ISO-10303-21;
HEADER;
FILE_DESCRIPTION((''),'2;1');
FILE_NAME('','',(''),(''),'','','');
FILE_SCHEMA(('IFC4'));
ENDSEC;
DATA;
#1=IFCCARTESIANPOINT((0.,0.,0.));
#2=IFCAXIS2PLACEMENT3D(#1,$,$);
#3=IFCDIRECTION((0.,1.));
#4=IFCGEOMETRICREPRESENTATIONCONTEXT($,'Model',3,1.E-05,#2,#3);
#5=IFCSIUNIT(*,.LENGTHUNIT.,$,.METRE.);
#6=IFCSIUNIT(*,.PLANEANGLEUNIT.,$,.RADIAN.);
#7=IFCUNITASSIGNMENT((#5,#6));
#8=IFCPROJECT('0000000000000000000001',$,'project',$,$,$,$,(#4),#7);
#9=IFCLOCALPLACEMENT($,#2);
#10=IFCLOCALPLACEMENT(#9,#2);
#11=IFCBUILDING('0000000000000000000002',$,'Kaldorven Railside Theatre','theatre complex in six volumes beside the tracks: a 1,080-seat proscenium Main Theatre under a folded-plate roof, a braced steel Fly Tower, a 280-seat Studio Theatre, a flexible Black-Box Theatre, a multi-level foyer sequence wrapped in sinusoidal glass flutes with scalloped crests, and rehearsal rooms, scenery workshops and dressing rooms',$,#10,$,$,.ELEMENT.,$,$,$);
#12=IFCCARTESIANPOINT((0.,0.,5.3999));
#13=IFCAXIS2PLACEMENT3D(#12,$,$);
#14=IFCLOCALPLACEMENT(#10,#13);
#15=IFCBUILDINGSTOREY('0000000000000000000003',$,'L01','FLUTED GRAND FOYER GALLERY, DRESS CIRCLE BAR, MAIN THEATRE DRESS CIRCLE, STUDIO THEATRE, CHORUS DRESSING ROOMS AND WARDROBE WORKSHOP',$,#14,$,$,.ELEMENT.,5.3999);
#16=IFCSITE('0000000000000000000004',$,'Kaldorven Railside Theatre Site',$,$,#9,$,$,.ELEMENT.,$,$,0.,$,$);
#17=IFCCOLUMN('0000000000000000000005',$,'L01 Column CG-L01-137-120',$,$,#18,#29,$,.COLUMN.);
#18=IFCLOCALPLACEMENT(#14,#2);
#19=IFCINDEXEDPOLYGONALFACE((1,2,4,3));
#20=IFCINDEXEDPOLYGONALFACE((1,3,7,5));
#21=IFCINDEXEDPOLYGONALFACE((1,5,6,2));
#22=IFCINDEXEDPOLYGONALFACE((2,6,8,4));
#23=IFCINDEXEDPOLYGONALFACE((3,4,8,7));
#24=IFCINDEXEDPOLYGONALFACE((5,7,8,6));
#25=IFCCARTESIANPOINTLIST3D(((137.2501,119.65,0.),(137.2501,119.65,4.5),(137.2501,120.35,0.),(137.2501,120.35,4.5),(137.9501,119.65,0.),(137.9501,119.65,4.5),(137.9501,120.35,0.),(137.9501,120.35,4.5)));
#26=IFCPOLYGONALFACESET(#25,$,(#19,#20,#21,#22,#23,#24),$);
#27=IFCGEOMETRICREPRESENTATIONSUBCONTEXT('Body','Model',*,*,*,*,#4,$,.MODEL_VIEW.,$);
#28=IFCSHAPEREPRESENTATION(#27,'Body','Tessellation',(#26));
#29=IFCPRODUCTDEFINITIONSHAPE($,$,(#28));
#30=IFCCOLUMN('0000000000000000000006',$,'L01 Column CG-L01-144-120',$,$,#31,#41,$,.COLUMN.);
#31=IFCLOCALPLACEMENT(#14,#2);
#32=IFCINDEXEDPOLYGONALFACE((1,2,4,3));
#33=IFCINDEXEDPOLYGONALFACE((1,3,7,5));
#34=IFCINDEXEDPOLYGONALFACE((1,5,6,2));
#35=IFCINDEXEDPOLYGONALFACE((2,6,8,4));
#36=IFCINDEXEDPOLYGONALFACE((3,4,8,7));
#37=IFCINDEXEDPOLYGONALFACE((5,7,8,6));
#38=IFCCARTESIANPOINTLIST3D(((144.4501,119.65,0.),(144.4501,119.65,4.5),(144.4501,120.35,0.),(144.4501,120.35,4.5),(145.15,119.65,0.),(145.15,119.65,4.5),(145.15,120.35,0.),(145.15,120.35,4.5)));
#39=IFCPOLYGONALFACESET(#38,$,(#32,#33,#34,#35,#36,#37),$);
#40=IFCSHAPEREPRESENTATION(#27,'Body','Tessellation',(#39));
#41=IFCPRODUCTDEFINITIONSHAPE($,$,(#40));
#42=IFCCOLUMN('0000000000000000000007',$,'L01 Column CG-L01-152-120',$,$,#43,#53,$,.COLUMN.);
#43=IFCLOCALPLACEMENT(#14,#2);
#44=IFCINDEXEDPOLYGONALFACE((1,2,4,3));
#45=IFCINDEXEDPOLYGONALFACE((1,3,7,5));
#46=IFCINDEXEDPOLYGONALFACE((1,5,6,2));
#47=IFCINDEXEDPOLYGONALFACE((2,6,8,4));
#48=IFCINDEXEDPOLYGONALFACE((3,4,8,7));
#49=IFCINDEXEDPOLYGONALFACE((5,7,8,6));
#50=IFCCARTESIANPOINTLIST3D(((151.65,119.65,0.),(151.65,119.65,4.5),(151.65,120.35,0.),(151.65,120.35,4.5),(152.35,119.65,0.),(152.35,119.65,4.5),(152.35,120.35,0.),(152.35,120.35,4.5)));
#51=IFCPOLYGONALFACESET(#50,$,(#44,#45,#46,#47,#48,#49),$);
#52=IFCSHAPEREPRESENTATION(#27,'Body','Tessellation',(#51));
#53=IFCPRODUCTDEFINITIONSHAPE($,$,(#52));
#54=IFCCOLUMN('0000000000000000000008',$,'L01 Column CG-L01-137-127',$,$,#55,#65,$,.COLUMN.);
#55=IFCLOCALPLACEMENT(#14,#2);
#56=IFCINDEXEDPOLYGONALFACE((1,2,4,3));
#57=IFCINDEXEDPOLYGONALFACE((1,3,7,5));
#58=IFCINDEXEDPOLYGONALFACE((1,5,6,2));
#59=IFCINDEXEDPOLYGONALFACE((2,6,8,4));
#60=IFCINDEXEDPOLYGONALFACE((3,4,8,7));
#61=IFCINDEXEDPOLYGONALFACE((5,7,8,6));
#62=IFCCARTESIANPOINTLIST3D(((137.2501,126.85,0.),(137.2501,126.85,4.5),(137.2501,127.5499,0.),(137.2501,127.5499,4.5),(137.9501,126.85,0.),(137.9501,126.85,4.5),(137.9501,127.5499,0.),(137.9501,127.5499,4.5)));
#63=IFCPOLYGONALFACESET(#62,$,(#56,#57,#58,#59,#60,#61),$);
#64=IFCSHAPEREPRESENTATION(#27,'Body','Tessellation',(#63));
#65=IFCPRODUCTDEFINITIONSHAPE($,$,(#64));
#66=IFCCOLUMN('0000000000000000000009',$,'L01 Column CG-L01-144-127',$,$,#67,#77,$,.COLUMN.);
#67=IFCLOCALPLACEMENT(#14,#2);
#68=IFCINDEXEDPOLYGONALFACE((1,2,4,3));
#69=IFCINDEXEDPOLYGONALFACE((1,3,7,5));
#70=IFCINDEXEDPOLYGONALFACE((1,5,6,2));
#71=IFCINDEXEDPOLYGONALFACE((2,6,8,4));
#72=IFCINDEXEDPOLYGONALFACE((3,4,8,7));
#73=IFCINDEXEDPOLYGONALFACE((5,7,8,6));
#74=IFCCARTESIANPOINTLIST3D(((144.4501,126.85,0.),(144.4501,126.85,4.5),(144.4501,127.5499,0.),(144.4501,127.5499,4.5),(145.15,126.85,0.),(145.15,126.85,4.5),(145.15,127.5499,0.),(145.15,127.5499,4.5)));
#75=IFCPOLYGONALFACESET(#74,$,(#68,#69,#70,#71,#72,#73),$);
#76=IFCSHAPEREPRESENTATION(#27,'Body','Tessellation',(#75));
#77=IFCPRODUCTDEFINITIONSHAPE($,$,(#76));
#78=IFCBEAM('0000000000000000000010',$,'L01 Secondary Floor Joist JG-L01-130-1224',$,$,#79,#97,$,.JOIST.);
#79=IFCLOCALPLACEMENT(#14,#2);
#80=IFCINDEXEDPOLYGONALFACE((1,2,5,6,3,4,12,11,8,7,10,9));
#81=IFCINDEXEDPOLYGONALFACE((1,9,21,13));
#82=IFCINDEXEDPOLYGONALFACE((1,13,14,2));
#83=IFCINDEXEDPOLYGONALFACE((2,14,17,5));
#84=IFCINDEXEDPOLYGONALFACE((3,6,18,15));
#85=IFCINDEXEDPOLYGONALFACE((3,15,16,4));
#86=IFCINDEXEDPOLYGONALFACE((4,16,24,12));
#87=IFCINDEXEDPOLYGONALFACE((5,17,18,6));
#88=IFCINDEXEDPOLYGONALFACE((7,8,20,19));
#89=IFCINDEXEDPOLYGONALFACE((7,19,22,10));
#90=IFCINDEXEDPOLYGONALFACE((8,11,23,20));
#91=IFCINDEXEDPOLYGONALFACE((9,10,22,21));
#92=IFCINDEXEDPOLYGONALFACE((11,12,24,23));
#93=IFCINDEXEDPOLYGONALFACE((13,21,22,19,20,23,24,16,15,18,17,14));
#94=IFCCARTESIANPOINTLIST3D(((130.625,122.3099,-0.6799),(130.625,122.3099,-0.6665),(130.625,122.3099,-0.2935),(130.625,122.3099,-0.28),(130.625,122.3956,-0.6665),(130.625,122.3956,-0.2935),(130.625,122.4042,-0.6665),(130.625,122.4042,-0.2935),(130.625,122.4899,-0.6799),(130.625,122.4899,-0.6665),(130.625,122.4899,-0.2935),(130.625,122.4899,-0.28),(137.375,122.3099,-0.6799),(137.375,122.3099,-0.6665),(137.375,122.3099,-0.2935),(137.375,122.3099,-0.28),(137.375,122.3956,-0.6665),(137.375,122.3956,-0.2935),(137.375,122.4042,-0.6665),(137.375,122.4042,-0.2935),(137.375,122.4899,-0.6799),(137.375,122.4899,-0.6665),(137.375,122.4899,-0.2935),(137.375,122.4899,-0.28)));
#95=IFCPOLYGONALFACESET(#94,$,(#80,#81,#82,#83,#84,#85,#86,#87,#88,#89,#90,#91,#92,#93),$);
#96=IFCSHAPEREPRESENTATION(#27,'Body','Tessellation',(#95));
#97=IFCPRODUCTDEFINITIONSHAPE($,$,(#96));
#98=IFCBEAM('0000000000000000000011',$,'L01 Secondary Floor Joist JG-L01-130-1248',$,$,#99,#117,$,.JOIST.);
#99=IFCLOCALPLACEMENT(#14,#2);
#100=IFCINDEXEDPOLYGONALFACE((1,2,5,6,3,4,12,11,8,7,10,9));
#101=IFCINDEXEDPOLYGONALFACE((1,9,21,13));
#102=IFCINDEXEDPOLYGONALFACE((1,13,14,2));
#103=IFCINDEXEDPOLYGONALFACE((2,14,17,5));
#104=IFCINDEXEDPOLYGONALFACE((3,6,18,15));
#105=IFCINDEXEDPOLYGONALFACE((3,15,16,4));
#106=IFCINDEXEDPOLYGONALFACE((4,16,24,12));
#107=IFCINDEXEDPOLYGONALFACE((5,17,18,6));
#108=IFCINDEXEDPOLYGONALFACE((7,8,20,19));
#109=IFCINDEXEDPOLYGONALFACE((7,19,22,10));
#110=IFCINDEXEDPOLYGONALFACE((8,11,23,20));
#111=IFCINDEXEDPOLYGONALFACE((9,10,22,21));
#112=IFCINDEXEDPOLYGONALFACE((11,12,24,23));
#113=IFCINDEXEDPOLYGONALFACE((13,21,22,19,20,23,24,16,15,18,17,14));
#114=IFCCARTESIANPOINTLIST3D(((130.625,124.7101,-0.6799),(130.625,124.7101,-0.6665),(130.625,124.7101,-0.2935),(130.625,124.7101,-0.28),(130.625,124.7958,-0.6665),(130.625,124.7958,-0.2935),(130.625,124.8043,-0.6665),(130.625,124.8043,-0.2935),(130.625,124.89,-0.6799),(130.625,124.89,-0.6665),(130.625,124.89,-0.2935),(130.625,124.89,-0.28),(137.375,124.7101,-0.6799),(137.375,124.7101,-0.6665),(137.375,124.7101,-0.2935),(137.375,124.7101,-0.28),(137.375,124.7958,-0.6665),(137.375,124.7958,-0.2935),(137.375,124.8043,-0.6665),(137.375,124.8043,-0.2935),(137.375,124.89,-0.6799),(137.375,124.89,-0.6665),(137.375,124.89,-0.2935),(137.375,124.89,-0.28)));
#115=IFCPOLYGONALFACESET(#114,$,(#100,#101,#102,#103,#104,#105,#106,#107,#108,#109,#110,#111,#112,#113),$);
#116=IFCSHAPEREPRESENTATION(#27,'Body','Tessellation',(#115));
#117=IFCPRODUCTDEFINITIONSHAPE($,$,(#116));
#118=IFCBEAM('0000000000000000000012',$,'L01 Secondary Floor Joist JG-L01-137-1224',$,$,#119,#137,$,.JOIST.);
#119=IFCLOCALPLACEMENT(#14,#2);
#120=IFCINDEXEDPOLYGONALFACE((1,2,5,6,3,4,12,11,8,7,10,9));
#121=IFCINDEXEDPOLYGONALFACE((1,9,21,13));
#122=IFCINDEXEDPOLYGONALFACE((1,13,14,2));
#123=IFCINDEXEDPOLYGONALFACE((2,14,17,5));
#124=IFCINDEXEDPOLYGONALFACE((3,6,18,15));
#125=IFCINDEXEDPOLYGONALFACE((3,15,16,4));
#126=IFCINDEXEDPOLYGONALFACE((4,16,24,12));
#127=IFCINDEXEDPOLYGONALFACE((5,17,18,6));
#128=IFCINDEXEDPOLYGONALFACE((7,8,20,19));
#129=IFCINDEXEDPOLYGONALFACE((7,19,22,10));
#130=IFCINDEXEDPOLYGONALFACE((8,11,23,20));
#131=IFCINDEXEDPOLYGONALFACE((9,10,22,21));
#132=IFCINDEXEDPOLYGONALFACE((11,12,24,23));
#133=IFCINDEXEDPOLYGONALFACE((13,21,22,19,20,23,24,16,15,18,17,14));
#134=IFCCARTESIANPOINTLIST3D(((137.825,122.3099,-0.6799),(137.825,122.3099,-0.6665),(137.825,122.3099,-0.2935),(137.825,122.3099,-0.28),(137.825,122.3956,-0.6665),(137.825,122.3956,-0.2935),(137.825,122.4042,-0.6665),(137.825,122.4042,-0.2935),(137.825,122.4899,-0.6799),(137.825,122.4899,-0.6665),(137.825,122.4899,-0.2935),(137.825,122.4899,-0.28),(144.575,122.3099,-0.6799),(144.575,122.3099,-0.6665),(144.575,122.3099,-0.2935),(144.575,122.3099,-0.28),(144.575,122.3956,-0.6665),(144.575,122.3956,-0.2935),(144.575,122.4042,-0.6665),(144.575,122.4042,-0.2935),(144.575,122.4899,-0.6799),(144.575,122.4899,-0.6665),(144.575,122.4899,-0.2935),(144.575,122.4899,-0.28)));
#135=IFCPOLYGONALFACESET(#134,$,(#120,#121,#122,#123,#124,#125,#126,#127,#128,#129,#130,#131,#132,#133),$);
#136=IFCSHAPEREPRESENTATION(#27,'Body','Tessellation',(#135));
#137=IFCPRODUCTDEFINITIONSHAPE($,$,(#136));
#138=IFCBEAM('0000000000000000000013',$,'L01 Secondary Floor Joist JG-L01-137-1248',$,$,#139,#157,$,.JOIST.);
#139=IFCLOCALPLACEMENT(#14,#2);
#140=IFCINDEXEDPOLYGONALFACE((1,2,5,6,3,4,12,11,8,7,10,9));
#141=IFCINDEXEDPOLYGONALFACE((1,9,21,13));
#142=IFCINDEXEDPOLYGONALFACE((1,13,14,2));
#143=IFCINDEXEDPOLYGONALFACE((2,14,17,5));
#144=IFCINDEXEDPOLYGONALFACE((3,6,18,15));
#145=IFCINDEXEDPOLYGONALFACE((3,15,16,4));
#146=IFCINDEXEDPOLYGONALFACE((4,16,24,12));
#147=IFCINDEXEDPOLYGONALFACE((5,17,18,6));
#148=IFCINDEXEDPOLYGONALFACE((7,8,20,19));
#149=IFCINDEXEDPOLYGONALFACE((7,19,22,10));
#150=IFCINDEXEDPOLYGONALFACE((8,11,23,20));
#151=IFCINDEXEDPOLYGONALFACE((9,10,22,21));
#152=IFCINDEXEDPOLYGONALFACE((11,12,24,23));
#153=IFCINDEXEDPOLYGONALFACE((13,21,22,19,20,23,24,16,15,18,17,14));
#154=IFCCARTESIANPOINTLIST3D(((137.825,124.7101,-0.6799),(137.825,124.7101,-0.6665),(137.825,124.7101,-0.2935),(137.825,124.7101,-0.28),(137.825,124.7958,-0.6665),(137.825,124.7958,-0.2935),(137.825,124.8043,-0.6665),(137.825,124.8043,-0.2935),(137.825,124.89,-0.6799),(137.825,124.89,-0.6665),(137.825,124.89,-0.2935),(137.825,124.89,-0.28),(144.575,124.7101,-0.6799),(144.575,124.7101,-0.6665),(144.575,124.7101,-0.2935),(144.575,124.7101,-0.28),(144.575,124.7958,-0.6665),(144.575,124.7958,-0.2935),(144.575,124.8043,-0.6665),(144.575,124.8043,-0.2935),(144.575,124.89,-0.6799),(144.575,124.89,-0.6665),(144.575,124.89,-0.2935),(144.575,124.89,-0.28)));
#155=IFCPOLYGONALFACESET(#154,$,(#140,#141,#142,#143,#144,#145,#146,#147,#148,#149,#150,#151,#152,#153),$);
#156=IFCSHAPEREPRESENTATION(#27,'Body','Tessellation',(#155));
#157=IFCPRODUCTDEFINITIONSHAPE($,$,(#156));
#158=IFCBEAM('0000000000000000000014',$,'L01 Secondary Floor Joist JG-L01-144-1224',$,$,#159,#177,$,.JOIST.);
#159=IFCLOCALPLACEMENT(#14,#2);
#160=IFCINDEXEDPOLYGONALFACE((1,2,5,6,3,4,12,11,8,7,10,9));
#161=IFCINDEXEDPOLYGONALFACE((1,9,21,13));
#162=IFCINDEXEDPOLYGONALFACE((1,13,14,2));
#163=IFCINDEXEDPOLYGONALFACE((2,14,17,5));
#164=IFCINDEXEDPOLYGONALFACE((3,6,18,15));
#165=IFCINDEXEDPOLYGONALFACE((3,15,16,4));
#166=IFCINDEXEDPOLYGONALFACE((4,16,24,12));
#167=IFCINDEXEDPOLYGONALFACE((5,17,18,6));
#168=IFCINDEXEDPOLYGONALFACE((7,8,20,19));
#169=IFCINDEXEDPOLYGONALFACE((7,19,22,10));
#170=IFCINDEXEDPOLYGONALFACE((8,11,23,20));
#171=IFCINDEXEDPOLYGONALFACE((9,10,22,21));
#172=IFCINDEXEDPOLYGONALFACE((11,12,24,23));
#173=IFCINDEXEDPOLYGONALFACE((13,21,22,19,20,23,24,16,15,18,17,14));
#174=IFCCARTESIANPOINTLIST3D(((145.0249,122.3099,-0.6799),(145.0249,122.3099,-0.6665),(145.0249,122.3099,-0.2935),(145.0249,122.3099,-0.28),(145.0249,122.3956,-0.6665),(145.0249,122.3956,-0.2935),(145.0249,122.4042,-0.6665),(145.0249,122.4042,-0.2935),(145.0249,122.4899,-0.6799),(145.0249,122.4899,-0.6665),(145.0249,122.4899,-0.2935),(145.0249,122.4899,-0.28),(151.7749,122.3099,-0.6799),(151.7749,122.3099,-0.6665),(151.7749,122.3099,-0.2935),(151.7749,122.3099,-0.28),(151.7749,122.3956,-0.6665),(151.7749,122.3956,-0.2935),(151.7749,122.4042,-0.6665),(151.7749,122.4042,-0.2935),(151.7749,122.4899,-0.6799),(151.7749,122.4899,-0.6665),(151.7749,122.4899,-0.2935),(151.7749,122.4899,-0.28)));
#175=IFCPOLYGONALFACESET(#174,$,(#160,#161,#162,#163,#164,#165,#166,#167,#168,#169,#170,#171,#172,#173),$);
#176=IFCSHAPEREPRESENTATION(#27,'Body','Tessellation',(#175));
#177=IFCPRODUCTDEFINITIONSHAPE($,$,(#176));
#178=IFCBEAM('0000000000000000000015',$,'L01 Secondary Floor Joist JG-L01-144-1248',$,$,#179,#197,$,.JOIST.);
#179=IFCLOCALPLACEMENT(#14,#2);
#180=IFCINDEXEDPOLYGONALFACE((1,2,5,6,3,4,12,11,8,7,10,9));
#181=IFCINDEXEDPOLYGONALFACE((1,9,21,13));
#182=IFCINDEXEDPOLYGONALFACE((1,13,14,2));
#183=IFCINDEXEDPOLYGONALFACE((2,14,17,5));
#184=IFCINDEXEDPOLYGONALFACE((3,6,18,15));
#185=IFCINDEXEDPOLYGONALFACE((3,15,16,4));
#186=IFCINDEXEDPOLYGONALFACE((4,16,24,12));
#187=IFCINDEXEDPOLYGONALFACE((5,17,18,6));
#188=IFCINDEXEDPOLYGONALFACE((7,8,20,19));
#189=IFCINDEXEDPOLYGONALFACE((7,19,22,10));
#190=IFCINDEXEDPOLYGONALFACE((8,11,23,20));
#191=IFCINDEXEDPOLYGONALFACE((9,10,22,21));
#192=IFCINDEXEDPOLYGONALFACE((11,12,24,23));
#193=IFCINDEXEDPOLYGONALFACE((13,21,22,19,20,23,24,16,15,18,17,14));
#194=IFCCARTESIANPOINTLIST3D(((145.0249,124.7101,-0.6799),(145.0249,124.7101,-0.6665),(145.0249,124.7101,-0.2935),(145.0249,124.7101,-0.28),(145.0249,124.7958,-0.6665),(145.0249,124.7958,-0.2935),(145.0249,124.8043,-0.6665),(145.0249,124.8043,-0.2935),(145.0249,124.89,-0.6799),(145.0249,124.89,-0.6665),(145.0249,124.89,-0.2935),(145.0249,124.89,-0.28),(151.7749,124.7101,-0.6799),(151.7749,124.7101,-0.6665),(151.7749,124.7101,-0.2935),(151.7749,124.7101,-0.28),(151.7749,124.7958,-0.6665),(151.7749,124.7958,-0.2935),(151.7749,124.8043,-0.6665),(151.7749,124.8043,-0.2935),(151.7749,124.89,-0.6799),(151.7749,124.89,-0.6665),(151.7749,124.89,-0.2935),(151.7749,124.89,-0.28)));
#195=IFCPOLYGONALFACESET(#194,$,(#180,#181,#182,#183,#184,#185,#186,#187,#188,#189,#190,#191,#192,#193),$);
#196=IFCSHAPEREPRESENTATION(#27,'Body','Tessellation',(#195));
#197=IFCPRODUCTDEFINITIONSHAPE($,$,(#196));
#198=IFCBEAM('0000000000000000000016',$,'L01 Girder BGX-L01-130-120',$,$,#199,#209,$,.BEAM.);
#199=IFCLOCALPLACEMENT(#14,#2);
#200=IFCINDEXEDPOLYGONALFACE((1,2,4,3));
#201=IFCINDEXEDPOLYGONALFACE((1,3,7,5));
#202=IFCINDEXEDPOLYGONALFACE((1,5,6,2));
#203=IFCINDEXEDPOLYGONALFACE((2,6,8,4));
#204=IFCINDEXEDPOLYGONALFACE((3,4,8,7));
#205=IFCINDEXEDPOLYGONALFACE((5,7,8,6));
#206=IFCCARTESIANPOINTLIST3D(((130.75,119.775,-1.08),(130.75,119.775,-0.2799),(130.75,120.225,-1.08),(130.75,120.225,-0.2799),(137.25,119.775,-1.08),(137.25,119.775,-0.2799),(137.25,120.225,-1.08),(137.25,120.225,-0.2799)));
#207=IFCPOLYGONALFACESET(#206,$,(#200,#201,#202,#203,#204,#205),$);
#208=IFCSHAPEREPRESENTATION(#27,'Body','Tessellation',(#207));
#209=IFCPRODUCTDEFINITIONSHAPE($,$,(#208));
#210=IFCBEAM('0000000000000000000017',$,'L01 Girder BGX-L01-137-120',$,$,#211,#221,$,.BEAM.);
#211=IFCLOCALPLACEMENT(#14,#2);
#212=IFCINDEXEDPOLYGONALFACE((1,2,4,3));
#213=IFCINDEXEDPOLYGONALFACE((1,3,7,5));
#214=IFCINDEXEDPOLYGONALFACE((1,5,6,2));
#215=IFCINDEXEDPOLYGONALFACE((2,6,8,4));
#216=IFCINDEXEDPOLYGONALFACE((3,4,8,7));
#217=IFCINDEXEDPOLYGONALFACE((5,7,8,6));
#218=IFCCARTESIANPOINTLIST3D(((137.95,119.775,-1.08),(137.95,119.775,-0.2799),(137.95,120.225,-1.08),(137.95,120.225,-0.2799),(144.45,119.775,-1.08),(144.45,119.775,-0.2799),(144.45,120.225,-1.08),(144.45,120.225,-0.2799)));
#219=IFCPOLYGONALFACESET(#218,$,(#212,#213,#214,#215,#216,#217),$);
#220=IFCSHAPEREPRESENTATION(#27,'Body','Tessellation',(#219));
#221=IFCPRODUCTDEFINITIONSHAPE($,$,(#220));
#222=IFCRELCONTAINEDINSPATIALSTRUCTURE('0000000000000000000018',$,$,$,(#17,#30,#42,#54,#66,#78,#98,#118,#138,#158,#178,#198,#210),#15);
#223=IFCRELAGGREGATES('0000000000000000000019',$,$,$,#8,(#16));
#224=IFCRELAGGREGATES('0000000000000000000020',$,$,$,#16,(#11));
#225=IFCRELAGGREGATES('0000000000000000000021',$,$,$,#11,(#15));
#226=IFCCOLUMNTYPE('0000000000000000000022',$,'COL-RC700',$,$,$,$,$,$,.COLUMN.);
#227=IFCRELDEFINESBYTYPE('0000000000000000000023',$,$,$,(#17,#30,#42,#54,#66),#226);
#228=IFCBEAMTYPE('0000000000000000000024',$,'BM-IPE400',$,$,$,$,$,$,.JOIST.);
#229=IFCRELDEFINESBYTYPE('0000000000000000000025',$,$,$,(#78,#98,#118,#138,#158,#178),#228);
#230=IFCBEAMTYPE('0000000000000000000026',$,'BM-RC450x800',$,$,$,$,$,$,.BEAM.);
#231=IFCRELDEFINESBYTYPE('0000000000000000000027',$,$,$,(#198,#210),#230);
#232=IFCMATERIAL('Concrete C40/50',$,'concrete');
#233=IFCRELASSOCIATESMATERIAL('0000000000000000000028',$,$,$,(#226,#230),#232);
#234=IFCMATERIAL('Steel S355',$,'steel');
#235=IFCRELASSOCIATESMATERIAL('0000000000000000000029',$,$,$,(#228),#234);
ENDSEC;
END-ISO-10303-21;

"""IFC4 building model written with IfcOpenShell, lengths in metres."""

from ifc_helpers import new_model, si_unit, direction, frame, origin, origin_2d, place, context, subcontext, project, spatial, rectangle, i_section, extrude, material, material_profile, profile_set, type_object, element, save


model = new_model("IFC4")

# Units and contexts
model_context = context("Model", 3, precision=1e-05, world=origin(), true_north=direction((0.0, 1.0)))
body_context = subcontext(model_context, "Body", "Model", "MODEL_VIEW")
ifc_project = project(units=[si_unit("LENGTHUNIT", "METRE"), si_unit("PLANEANGLEUNIT", "RADIAN")], contexts=[model_context])

# Site, building, storey
site_placement = place(None, origin())
site = spatial("IfcSite", under=ifc_project, at=site_placement, Name="Kaldorven Railside Theatre Site", CompositionType="ELEMENT", RefElevation=0.0)
building_placement = place(site_placement, origin())
building = spatial("IfcBuilding", under=site, at=building_placement, Name="Kaldorven Railside Theatre", Description="theatre complex in six volumes beside the tracks: a 1,080-seat proscenium Main Theatre under a folded-plate roof, a braced steel Fly Tower, a 280-seat Studio Theatre, a flexible Black-Box Theatre, a multi-level foyer sequence wrapped in sinusoidal glass flutes with scalloped crests, and rehearsal rooms, scenery workshops and dressing rooms", CompositionType="ELEMENT")
storey_placement = place(building_placement, frame((0.0, 0.0, 5.3999)))
storey = spatial("IfcBuildingStorey", under=building, at=storey_placement, Name="L01", Description="FLUTED GRAND FOYER GALLERY, DRESS CIRCLE BAR, MAIN THEATRE DRESS CIRCLE, STUDIO THEATRE, CHORUS DRESSING ROOMS AND WARDROBE WORKSHOP", CompositionType="ELEMENT", Elevation=5.3999)

# Columns
ifc_material_1 = material(Name="Concrete C40/50", Category="concrete")
ifc_material_profile_1 = material_profile(ifc_material_1, rectangle(XDim=0.7, YDim=0.7, at=origin_2d()), Name="RC 700x700")
ifc_profile_set_1 = profile_set([ifc_material_profile_1], Name="Concrete C40/50")
column_type = type_object("IfcColumnType", Name="COL-RC700", PredefinedType="COLUMN", material=ifc_profile_set_1)
for number, where, z_axis, x_axis, name in (
    (1, (137.6001, 120.0, 0.0), (0.0, 0.0, 1.0), (0.0, 1.0, 0.0), "L01 Column CG-L01-137-120"),
    (2, (144.8, 120.0, 0.0), (0.0, 0.0, 1.0), (1.0, 0.0, 0.0), "L01 Column CG-L01-144-120"),
    (3, (152.0, 120.0, 0.0), (0.0, 0.0, 1.0), (1.0, 0.0, 0.0), "L01 Column CG-L01-152-120"),
    (4, (137.6001, 127.2, 0.0), (0.0, 0.0, 1.0), (1.0, 0.0, 0.0), "L01 Column CG-L01-137-127"),
    (5, (144.8, 127.2, 0.0), (0.0, 0.0, 1.0), (1.0, 0.0, 0.0), "L01 Column CG-L01-144-127"),
):
    element("IfcColumn", number, at=place(storey_placement, frame(where, z_axis=z_axis, x_axis=x_axis)), inside=storey, type_object=column_type, Name=name, PredefinedType="COLUMN", context=body_context, shape_type="SweptSolid", body=[
        extrude(rectangle(XDim=0.7, YDim=0.7, at=origin_2d()), origin(), (0.0, 0.0, 1.0), 4.5),
    ])

# Beams
ifc_material_2 = material(Name="Steel S355", Category="steel")
ifc_material_profile_2 = material_profile(ifc_material_2, i_section(OverallWidth=0.1799, OverallDepth=0.3999, WebThickness=0.0085, FlangeThickness=0.0134, at=origin_2d()), Name="IPE 400")
ifc_profile_set_2 = profile_set([ifc_material_profile_2], Name="Steel S355")
beam_type_1 = type_object("IfcBeamType", Name="BM-IPE400", PredefinedType="JOIST", material=ifc_profile_set_2)
for number, where, z_axis, x_axis, name in (
    (6, (130.625, 122.3999, -0.48), (1.0, 0.0, 0.0), (0.0, 1.0, 0.0), "L01 Secondary Floor Joist JG-L01-130-1224"),
    (7, (130.625, 124.8, -0.48), (1.0, 0.0, 0.0), (0.0, 1.0, 0.0), "L01 Secondary Floor Joist JG-L01-130-1248"),
    (8, (137.825, 122.3999, -0.48), (1.0, 0.0, 0.0), (0.0, 1.0, 0.0), "L01 Secondary Floor Joist JG-L01-137-1224"),
    (9, (137.825, 124.8, -0.48), (1.0, 0.0, 0.0), (0.0, 1.0, 0.0), "L01 Secondary Floor Joist JG-L01-137-1248"),
    (10, (145.0249, 122.3999, -0.48), (1.0, 0.0, 0.0), (0.0, 1.0, 0.0), "L01 Secondary Floor Joist JG-L01-144-1224"),
    (11, (145.0249, 124.8, -0.48), (1.0, 0.0, 0.0), (0.0, 1.0, 0.0), "L01 Secondary Floor Joist JG-L01-144-1248"),
):
    element("IfcBeam", number, at=place(storey_placement, frame(where, z_axis=z_axis, x_axis=x_axis)), inside=storey, type_object=beam_type_1, Name=name, PredefinedType="JOIST", context=body_context, shape_type="SweptSolid", body=[
        extrude(i_section(OverallWidth=0.1799, OverallDepth=0.3999, WebThickness=0.0085, FlangeThickness=0.0134, at=origin_2d()), origin(), (0.0, 0.0, 1.0), 6.75),
    ])
ifc_material_profile_3 = material_profile(ifc_material_1, rectangle(XDim=0.45, YDim=0.8, at=origin_2d()), Name="RC 450x800")
ifc_profile_set_3 = profile_set([ifc_material_profile_3], Name="Concrete C40/50")
beam_type_2 = type_object("IfcBeamType", Name="BM-RC450x800", PredefinedType="BEAM", material=ifc_profile_set_3)
for number, where, z_axis, x_axis, name in (
    (12, (130.75, 120.0, -0.6799), (1.0, 0.0, 0.0), (0.0, 1.0, 0.0), "L01 Girder BGX-L01-130-120"),
    (13, (137.95, 120.0, -0.6799), (1.0, 0.0, 0.0), (0.0, 1.0, 0.0), "L01 Girder BGX-L01-137-120"),
):
    element("IfcBeam", number, at=place(storey_placement, frame(where, z_axis=z_axis, x_axis=x_axis)), inside=storey, type_object=beam_type_2, Name=name, PredefinedType="BEAM", context=body_context, shape_type="SweptSolid", body=[
        extrude(rectangle(XDim=0.45, YDim=0.8, at=origin_2d()), origin(), (0.0, 0.0, 1.0), 6.5),
    ])

save(model, "model.ifc")
